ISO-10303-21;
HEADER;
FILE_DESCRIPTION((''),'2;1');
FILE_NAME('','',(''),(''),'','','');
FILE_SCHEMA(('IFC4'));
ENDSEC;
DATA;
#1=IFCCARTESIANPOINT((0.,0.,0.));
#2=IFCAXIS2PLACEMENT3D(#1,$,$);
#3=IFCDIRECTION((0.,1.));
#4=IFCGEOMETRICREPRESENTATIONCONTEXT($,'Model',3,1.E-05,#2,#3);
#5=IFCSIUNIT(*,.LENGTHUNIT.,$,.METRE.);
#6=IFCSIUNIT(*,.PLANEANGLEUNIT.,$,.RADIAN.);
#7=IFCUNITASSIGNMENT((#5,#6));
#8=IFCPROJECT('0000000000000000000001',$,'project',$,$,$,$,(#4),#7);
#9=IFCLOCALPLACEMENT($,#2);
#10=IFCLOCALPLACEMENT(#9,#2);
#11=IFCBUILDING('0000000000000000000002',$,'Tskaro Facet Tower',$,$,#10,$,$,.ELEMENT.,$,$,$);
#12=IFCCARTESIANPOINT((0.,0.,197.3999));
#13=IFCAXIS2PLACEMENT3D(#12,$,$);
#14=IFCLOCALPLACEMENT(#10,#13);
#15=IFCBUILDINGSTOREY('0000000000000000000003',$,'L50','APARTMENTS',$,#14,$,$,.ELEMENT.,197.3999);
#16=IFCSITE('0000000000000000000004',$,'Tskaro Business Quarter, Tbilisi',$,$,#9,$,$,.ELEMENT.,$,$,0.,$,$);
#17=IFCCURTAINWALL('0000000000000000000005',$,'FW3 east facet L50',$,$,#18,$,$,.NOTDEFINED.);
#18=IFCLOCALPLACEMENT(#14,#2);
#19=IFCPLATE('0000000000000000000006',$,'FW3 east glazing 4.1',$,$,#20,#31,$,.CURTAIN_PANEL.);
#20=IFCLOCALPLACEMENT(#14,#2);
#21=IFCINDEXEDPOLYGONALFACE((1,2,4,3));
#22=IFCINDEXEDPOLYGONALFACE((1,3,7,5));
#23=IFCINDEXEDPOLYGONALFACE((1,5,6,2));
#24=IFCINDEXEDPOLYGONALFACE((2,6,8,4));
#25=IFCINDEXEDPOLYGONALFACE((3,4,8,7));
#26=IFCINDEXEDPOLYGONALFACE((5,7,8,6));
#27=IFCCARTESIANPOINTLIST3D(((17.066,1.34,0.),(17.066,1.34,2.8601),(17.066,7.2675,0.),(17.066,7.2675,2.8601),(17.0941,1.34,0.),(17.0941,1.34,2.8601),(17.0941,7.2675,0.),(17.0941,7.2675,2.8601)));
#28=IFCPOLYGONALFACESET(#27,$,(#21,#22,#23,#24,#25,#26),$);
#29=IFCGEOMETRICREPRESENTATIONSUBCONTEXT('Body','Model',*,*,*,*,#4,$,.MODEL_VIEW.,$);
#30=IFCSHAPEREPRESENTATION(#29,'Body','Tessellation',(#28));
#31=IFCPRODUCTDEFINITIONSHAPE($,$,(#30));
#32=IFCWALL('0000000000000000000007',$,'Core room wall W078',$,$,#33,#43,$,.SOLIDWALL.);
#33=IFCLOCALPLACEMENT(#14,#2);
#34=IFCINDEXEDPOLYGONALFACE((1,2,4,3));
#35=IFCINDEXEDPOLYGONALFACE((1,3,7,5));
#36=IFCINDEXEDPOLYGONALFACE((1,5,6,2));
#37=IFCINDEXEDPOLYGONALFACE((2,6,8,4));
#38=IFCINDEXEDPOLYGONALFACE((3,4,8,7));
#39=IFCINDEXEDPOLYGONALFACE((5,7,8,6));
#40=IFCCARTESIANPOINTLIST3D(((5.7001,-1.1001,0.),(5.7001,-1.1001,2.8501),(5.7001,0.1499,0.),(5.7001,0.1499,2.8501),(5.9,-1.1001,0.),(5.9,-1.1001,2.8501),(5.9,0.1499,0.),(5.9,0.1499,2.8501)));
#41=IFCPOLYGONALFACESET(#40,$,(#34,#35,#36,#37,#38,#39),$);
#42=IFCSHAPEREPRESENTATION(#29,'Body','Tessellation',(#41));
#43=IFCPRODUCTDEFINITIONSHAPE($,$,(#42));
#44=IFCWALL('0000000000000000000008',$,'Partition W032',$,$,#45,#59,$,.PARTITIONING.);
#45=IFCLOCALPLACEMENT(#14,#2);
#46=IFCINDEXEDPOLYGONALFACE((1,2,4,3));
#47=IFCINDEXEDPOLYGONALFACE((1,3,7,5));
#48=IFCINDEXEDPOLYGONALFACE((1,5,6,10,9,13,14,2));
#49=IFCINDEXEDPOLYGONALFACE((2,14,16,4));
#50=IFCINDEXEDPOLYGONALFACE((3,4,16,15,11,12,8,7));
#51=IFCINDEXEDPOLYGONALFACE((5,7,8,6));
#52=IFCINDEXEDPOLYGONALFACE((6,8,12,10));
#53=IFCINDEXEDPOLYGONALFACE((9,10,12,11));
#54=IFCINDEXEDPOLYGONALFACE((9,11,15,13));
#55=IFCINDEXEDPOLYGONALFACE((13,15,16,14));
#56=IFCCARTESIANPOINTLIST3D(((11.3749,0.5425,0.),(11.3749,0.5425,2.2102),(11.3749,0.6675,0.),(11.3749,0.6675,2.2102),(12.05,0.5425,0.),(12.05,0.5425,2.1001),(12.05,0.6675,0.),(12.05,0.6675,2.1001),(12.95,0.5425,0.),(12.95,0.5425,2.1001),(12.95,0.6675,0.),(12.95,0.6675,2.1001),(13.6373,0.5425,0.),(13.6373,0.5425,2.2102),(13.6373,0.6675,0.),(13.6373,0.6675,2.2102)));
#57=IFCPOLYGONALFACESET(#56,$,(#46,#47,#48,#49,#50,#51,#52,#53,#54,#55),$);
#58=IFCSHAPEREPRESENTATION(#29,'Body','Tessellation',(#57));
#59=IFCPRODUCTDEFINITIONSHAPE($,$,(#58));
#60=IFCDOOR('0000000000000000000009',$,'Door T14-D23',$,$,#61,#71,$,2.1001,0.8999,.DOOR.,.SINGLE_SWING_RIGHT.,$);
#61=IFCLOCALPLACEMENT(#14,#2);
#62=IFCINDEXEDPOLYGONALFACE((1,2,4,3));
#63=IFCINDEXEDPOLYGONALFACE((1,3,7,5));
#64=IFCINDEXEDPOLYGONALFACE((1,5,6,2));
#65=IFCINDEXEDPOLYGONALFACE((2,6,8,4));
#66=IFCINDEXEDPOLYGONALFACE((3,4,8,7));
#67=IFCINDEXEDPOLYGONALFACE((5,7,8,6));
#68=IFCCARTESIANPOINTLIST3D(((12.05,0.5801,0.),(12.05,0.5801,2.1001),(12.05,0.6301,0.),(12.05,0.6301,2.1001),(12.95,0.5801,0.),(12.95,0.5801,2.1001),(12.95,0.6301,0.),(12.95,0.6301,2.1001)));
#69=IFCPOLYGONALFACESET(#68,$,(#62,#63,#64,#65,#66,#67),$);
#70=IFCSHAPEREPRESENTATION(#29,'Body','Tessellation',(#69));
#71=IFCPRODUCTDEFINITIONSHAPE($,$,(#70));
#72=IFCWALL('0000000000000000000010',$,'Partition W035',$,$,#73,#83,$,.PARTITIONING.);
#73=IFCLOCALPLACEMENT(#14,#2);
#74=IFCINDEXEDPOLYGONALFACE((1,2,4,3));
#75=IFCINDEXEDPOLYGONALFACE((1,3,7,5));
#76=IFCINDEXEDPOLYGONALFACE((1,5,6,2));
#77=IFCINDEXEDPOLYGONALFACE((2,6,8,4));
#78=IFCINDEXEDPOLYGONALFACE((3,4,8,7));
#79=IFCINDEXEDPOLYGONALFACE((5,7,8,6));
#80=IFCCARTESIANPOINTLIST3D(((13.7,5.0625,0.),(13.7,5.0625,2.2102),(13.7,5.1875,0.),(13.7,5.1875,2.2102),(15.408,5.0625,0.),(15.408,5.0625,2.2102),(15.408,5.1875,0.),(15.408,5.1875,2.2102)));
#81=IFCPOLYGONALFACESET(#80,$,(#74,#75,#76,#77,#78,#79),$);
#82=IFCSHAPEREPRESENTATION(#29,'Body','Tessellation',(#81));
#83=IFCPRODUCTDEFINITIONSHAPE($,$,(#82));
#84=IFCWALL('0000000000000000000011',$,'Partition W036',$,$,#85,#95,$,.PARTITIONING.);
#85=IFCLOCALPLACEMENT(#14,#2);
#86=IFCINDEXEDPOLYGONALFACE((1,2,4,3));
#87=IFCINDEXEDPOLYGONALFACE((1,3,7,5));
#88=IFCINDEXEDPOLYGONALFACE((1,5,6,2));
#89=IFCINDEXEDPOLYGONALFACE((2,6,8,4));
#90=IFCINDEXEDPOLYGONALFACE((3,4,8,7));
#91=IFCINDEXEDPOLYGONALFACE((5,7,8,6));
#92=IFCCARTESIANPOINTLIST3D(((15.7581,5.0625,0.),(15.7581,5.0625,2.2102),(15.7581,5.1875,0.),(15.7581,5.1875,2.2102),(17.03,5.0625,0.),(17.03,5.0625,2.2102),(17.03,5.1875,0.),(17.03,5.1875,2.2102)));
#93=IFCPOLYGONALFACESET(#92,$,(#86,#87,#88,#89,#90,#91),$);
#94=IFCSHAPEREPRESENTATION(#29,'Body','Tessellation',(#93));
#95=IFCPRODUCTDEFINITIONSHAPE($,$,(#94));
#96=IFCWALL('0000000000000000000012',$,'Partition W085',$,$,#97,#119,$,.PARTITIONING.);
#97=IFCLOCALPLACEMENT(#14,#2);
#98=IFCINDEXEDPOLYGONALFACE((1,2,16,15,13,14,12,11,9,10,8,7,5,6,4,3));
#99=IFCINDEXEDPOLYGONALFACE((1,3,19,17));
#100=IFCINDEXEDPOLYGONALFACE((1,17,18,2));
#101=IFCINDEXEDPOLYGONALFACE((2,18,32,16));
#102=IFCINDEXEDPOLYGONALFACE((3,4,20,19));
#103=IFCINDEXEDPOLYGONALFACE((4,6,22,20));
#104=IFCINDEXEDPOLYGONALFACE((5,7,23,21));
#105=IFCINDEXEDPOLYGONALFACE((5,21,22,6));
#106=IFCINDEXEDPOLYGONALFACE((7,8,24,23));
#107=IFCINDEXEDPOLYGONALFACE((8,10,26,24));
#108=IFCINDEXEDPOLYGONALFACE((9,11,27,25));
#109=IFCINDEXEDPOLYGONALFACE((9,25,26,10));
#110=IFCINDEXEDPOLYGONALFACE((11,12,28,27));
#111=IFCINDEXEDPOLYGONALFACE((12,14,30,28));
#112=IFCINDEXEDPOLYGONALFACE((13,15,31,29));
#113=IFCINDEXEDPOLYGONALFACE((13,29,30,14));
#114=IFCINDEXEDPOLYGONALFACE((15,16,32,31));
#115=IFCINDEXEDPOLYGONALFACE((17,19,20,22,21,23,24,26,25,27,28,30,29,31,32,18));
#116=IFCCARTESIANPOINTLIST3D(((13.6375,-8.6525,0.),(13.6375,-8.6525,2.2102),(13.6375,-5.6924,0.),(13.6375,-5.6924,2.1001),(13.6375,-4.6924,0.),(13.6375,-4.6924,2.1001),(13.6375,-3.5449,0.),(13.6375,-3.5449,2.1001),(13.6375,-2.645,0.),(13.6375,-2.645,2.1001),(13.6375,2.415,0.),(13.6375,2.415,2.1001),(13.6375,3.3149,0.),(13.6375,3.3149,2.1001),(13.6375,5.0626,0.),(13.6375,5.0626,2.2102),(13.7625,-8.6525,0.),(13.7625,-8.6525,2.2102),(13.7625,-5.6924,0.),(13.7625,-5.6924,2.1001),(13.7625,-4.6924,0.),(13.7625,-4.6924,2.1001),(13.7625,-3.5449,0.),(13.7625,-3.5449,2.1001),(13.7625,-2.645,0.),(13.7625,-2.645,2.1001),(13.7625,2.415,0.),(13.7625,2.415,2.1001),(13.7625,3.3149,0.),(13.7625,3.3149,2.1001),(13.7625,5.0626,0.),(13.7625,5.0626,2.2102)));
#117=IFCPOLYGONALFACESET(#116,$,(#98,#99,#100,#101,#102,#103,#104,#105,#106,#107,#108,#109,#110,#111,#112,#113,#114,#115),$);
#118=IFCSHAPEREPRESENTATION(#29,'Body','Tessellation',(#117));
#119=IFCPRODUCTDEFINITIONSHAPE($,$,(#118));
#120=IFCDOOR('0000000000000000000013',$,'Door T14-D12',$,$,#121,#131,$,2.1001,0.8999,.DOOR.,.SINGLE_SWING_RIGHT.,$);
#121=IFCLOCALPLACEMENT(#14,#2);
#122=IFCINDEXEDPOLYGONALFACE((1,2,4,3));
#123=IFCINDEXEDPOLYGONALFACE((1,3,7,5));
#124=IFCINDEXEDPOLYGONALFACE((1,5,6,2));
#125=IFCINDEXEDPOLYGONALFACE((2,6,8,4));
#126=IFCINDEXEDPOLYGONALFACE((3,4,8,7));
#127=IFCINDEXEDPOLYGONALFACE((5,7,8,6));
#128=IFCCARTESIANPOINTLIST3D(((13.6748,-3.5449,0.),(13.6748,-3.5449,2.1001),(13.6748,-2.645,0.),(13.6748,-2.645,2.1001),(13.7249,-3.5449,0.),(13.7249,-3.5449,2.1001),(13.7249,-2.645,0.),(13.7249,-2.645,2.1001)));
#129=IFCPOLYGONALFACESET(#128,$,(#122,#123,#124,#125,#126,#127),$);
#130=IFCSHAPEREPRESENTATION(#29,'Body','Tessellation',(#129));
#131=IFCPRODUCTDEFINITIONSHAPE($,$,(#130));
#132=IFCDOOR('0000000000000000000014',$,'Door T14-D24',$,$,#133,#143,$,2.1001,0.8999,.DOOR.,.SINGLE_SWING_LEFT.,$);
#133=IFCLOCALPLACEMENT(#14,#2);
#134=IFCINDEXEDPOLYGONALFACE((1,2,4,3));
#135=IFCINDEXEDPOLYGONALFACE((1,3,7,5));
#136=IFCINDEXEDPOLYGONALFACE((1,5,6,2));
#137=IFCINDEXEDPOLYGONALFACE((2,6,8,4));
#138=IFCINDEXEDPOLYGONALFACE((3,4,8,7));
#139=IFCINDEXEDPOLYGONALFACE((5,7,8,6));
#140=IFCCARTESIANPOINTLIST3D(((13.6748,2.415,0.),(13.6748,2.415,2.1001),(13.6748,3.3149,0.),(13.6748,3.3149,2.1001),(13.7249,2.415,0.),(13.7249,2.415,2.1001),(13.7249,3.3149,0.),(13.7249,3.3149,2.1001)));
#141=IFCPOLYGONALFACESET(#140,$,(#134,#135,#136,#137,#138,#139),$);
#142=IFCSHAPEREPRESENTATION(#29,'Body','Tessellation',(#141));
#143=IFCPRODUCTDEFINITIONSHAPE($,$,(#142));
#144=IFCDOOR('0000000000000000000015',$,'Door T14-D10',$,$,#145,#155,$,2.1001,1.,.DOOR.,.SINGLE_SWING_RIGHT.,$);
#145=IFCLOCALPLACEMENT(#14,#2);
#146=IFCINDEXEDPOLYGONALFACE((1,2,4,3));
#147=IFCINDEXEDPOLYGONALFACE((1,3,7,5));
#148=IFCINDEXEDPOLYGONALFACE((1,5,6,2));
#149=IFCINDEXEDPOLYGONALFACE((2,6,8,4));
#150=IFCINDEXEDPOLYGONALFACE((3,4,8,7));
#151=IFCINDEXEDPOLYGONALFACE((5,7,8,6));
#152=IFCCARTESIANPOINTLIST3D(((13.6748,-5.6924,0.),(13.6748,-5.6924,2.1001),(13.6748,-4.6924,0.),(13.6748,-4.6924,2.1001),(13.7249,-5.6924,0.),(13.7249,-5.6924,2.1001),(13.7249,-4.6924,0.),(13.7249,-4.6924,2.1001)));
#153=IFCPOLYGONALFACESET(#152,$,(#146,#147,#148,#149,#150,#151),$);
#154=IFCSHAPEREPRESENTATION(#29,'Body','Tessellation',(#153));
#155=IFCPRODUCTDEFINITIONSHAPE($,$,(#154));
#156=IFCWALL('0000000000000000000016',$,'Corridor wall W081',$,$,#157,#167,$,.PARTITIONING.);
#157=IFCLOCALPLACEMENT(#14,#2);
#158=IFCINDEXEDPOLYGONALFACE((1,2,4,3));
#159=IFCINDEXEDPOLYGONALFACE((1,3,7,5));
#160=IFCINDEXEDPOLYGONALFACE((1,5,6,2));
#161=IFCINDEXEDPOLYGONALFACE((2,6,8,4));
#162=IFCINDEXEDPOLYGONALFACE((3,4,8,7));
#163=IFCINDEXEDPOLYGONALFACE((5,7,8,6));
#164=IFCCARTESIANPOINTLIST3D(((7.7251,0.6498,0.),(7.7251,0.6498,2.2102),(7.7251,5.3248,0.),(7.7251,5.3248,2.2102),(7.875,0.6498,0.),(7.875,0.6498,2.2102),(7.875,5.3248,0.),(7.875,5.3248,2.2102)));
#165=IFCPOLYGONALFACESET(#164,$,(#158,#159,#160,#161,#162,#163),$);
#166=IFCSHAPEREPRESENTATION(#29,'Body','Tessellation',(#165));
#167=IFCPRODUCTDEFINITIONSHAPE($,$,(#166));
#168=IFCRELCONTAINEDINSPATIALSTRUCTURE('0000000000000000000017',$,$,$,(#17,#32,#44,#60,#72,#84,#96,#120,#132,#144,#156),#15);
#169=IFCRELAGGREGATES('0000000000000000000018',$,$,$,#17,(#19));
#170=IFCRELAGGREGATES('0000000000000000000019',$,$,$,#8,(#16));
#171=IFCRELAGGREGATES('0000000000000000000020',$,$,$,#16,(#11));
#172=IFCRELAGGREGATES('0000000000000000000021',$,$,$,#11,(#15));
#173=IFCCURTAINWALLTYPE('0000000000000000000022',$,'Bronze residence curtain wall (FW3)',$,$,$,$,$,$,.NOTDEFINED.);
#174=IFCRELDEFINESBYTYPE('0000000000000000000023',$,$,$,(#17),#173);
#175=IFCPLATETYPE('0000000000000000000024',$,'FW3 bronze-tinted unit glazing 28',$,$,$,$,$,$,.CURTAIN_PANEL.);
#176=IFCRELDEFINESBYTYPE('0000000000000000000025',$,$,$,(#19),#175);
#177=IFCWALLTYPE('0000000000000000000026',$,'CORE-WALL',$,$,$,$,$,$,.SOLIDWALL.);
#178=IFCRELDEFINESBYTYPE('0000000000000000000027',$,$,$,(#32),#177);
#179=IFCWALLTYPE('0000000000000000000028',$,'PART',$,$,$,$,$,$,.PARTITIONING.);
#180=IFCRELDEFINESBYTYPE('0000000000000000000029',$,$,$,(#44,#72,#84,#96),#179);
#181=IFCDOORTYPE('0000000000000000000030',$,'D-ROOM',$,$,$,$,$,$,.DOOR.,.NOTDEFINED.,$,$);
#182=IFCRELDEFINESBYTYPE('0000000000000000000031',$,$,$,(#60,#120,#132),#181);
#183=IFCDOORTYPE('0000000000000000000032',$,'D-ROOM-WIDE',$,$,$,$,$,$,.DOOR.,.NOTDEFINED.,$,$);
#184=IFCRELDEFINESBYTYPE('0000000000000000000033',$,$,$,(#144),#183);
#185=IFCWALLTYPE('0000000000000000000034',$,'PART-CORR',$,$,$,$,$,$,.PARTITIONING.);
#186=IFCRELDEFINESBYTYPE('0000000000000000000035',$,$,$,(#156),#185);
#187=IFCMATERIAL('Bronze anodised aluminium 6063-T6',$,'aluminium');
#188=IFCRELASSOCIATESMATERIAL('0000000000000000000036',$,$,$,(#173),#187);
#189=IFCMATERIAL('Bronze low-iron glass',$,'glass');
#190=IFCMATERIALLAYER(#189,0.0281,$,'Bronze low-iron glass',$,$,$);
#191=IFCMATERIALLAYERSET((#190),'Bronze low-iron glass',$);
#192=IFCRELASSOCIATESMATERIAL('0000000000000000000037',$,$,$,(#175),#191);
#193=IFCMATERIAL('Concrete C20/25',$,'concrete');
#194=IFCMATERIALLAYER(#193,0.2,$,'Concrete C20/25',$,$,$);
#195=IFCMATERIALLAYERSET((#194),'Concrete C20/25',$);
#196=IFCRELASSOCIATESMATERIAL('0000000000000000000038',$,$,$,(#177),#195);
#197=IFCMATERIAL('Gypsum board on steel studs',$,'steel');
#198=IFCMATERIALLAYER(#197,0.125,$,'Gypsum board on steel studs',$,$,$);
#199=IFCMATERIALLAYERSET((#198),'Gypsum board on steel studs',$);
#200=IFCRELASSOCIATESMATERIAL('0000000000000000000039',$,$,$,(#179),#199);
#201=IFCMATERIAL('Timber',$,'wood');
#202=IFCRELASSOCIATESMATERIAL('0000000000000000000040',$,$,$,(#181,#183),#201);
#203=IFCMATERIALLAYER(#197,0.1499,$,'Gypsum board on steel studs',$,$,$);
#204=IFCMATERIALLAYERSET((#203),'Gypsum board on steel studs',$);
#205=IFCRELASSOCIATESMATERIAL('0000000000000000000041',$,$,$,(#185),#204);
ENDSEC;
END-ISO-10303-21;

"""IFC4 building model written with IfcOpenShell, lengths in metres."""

from ifc_helpers import new_model, si_unit, direction, frame, frame_2d, origin, origin_2d, place, context, subcontext, project, spatial, rectangle, extrude, material, layer, layer_set, type_object, element, fill, aggregate, save


model = new_model("IFC4")

# Units and contexts
model_context = context("Model", 3, precision=1e-05, world=origin(), true_north=direction((0.0, 1.0)))
body_context = subcontext(model_context, "Body", "Model", "MODEL_VIEW")
ifc_project = project(units=[si_unit("LENGTHUNIT", "METRE"), si_unit("PLANEANGLEUNIT", "RADIAN")], contexts=[model_context])

# Site, building, storey
site_placement = place(None, origin())
site = spatial("IfcSite", under=ifc_project, at=site_placement, Name="Tskaro Business Quarter, Tbilisi", CompositionType="ELEMENT", RefElevation=0.0)
building_placement = place(site_placement, origin())
building = spatial("IfcBuilding", under=site, at=building_placement, Name="Tskaro Facet Tower", CompositionType="ELEMENT")
storey_placement = place(building_placement, frame((0.0, 0.0, 197.3999)))
storey = spatial("IfcBuildingStorey", under=building, at=storey_placement, Name="L50", Description="APARTMENTS", CompositionType="ELEMENT", Elevation=197.3999)

# Curtain wall
ifc_material_1 = material(Name="Bronze anodised aluminium 6063-T6", Category="aluminium")
curtain_wall_type = type_object("IfcCurtainWallType", Name="Bronze residence curtain wall (FW3)", PredefinedType="NOTDEFINED", material=ifc_material_1)
curtain_wall_placement = place(storey_placement, origin())
curtain_wall = element("IfcCurtainWall", 1, at=curtain_wall_placement, inside=storey, type_object=curtain_wall_type, Name="FW3 east facet L50", PredefinedType="NOTDEFINED")

# Plate
ifc_material_2 = material(Name="Bronze low-iron glass", Category="glass")
ifc_layer_1 = layer(ifc_material_2, 0.0281, Name="Bronze low-iron glass")
ifc_layer_set_1 = layer_set([ifc_layer_1], Name="Bronze low-iron glass")
plate_type = type_object("IfcPlateType", Name="FW3 bronze-tinted unit glazing 28", PredefinedType="CURTAIN_PANEL", material=ifc_layer_set_1)
plate_placement = place(storey_placement, frame((17.0801, 4.3037, 0.0), z_axis=(0.0, 0.0, 1.0), x_axis=(0.0, 1.0, 0.0)))
plate = element("IfcPlate", 2, at=plate_placement, type_object=plate_type, Name="FW3 east glazing 4.1", PredefinedType="CURTAIN_PANEL", context=body_context, shape_type="SweptSolid", body=[
    extrude(rectangle(XDim=5.9275, YDim=0.0281, at=origin_2d()), origin(), (0.0, 0.0, 1.0), 2.8601),
])
aggregate(curtain_wall, [plate])

# Wall
ifc_material_3 = material(Name="Concrete C20/25", Category="concrete")
ifc_layer_2 = layer(ifc_material_3, 0.2, Name="Concrete C20/25")
ifc_layer_set_2 = layer_set([ifc_layer_2], Name="Concrete C20/25")
wall_type_1 = type_object("IfcWallType", Name="CORE-WALL", PredefinedType="SOLIDWALL", material=ifc_layer_set_2)
wall_1_placement = place(storey_placement, frame((5.8, -1.1001, 0.0), z_axis=(0.0, 0.0, 1.0), x_axis=(0.0, 1.0, 0.0)))
element("IfcWall", 3, at=wall_1_placement, inside=storey, type_object=wall_type_1, Name="Core room wall W078", PredefinedType="SOLIDWALL", context=body_context, shape_type="SweptSolid", body=[
    extrude(rectangle(XDim=1.25, YDim=0.2, at=frame_2d((0.625, 0.0))), origin(), (0.0, 0.0, 1.0), 2.8501),
])

# Wall, opening, door
ifc_material_4 = material(Name="Gypsum board on steel studs", Category="steel")
ifc_layer_3 = layer(ifc_material_4, 0.125, Name="Gypsum board on steel studs")
ifc_layer_set_3 = layer_set([ifc_layer_3], Name="Gypsum board on steel studs")
wall_type_2 = type_object("IfcWallType", Name="PART", PredefinedType="PARTITIONING", material=ifc_layer_set_3)
wall_2_placement = place(storey_placement, frame((13.6375, 0.605, 0.0), z_axis=(0.0, 0.0, 1.0), x_axis=(-1.0, 0.0, 0.0)))
wall_2 = element("IfcWall", 4, at=wall_2_placement, inside=storey, type_object=wall_type_2, Name="Partition W032", PredefinedType="PARTITIONING", context=body_context, shape_type="SweptSolid", body=[
    extrude(rectangle(XDim=2.2625, YDim=0.125, at=frame_2d((1.1313, 0.0))), origin(), (0.0, 0.0, 1.0), 2.2102),
])
opening_1_placement = place(wall_2_placement, frame((0.6875, 0.0, 0.0)))
opening_1 = element("IfcOpeningElement", 5, at=opening_1_placement, cuts=wall_2, PredefinedType="OPENING", context=body_context, shape_type="SweptSolid", body=[
    extrude(rectangle(XDim=0.8999, YDim=2.1001, at=frame_2d((0.45, 1.05))), frame((0.0, 0.0725, 0.0), z_axis=(0.0, -1.0, 0.0), x_axis=(1.0, 0.0, 0.0)), (0.0, 0.0, 1.0), 0.145),
])
ifc_material_5 = material(Name="Timber", Category="wood")
door_type_1 = type_object("IfcDoorType", Name="D-ROOM", OperationType="NOTDEFINED", PredefinedType="DOOR", material=ifc_material_5)
door_1_placement = place(opening_1_placement, origin())
door_1 = element("IfcDoor", 6, at=door_1_placement, inside=storey, type_object=door_type_1, Name="Door T14-D23", OperationType="SINGLE_SWING_RIGHT", OverallHeight=2.1001, OverallWidth=0.8999, PredefinedType="DOOR", context=body_context, shape_type="SweptSolid", body=[
    extrude(rectangle(XDim=0.8999, YDim=2.1001, at=frame_2d((0.45, 1.05))), frame((0.0, 0.0249, 0.0), z_axis=(0.0, -1.0, 0.0), x_axis=(1.0, 0.0, 0.0)), (0.0, 0.0, 1.0), 0.05),
])
fill(opening_1, door_1)

# Walls
wall_3_placement = place(storey_placement, frame((13.7, 5.125, 0.0), z_axis=(0.0, 0.0, 1.0), x_axis=(1.0, 0.0, 0.0)))
element("IfcWall", 7, at=wall_3_placement, inside=storey, type_object=wall_type_2, Name="Partition W035", PredefinedType="PARTITIONING", context=body_context, shape_type="SweptSolid", body=[
    extrude(rectangle(XDim=1.708, YDim=0.125, at=frame_2d((0.854, 0.0))), origin(), (0.0, 0.0, 1.0), 2.2102),
])
wall_4_placement = place(storey_placement, frame((15.7581, 5.125, 0.0), z_axis=(0.0, 0.0, 1.0), x_axis=(1.0, 0.0, 0.0)))
element("IfcWall", 8, at=wall_4_placement, inside=storey, type_object=wall_type_2, Name="Partition W036", PredefinedType="PARTITIONING", context=body_context, shape_type="SweptSolid", body=[
    extrude(rectangle(XDim=1.272, YDim=0.125, at=frame_2d((0.636, 0.0))), origin(), (0.0, 0.0, 1.0), 2.2102),
])

# Wall, openings, doors
wall_5_placement = place(storey_placement, frame((13.7, 5.0625, 0.0), z_axis=(0.0, 0.0, 1.0), x_axis=(0.0, -1.0, 0.0)))
wall_5 = element("IfcWall", 9, at=wall_5_placement, inside=storey, type_object=wall_type_2, Name="Partition W085", PredefinedType="PARTITIONING", context=body_context, shape_type="SweptSolid", body=[
    extrude(rectangle(XDim=13.7151, YDim=0.125, at=frame_2d((6.8574, 0.0))), origin(), (0.0, 0.0, 1.0), 2.2102),
])
opening_2_placement = place(wall_5_placement, frame((9.7549, 0.0, 0.0)))
opening_2 = element("IfcOpeningElement", 10, at=opening_2_placement, cuts=wall_5, PredefinedType="OPENING", context=body_context, shape_type="SweptSolid", body=[
    extrude(rectangle(XDim=1.0, YDim=2.1001, at=frame_2d((0.5, 1.05))), frame((0.0, 0.0725, 0.0), z_axis=(0.0, -1.0, 0.0), x_axis=(1.0, 0.0, 0.0)), (0.0, 0.0, 1.0), 0.145),
])
opening_3_placement = place(wall_5_placement, frame((7.7075, 0.0, 0.0)))
opening_3 = element("IfcOpeningElement", 11, at=opening_3_placement, cuts=wall_5, PredefinedType="OPENING", context=body_context, shape_type="SweptSolid", body=[
    extrude(rectangle(XDim=0.8999, YDim=2.1001, at=frame_2d((0.45, 1.05))), frame((0.0, 0.0725, 0.0), z_axis=(0.0, -1.0, 0.0), x_axis=(1.0, 0.0, 0.0)), (0.0, 0.0, 1.0), 0.145),
])
opening_4_placement = place(wall_5_placement, frame((1.7476, 0.0, 0.0)))
opening_4 = element("IfcOpeningElement", 12, at=opening_4_placement, cuts=wall_5, PredefinedType="OPENING", context=body_context, shape_type="SweptSolid", body=[
    extrude(rectangle(XDim=0.8999, YDim=2.1001, at=frame_2d((0.45, 1.05))), frame((0.0, 0.0725, 0.0), z_axis=(0.0, -1.0, 0.0), x_axis=(1.0, 0.0, 0.0)), (0.0, 0.0, 1.0), 0.145),
])
door_2_placement = place(opening_3_placement, origin())
door_2 = element("IfcDoor", 13, at=door_2_placement, inside=storey, type_object=door_type_1, Name="Door T14-D12", OperationType="SINGLE_SWING_RIGHT", OverallHeight=2.1001, OverallWidth=0.8999, PredefinedType="DOOR", context=body_context, shape_type="SweptSolid", body=[
    extrude(rectangle(XDim=0.8999, YDim=2.1001, at=frame_2d((0.45, 1.05))), frame((0.0, 0.0249, 0.0), z_axis=(0.0, -1.0, 0.0), x_axis=(1.0, 0.0, 0.0)), (0.0, 0.0, 1.0), 0.05),
])
fill(opening_3, door_2)
door_3_placement = place(opening_4_placement, origin())
door_3 = element("IfcDoor", 14, at=door_3_placement, inside=storey, type_object=door_type_1, Name="Door T14-D24", OperationType="SINGLE_SWING_LEFT", OverallHeight=2.1001, OverallWidth=0.8999, PredefinedType="DOOR", context=body_context, shape_type="SweptSolid", body=[
    extrude(rectangle(XDim=0.8999, YDim=2.1001, at=frame_2d((0.45, 1.05))), frame((0.0, 0.0249, 0.0), z_axis=(0.0, -1.0, 0.0), x_axis=(1.0, 0.0, 0.0)), (0.0, 0.0, 1.0), 0.05),
])
fill(opening_4, door_3)
door_type_2 = type_object("IfcDoorType", Name="D-ROOM-WIDE", OperationType="NOTDEFINED", PredefinedType="DOOR", material=ifc_material_5)
door_4_placement = place(opening_2_placement, origin())
door_4 = element("IfcDoor", 15, at=door_4_placement, inside=storey, type_object=door_type_2, Name="Door T14-D10", OperationType="SINGLE_SWING_RIGHT", OverallHeight=2.1001, OverallWidth=1.0, PredefinedType="DOOR", context=body_context, shape_type="SweptSolid", body=[
    extrude(rectangle(XDim=1.0, YDim=2.1001, at=frame_2d((0.5, 1.05))), frame((0.0, 0.0249, 0.0), z_axis=(0.0, -1.0, 0.0), x_axis=(1.0, 0.0, 0.0)), (0.0, 0.0, 1.0), 0.05),
])
fill(opening_2, door_4)

# Wall
ifc_layer_4 = layer(ifc_material_4, 0.1499, Name="Gypsum board on steel studs")
ifc_layer_set_4 = layer_set([ifc_layer_4], Name="Gypsum board on steel studs")
wall_type_3 = type_object("IfcWallType", Name="PART-CORR", PredefinedType="PARTITIONING", material=ifc_layer_set_4)
wall_6_placement = place(storey_placement, frame((7.8, 0.6499, 0.0), z_axis=(0.0, 0.0, 1.0), x_axis=(0.0, 1.0, 0.0)))
element("IfcWall", 16, at=wall_6_placement, inside=storey, type_object=wall_type_3, Name="Corridor wall W081", PredefinedType="PARTITIONING", context=body_context, shape_type="SweptSolid", body=[
    extrude(rectangle(XDim=4.675, YDim=0.1499, at=frame_2d((2.3374, 0.0))), origin(), (0.0, 0.0, 1.0), 2.2102),
])

save(model, "model.ifc")
